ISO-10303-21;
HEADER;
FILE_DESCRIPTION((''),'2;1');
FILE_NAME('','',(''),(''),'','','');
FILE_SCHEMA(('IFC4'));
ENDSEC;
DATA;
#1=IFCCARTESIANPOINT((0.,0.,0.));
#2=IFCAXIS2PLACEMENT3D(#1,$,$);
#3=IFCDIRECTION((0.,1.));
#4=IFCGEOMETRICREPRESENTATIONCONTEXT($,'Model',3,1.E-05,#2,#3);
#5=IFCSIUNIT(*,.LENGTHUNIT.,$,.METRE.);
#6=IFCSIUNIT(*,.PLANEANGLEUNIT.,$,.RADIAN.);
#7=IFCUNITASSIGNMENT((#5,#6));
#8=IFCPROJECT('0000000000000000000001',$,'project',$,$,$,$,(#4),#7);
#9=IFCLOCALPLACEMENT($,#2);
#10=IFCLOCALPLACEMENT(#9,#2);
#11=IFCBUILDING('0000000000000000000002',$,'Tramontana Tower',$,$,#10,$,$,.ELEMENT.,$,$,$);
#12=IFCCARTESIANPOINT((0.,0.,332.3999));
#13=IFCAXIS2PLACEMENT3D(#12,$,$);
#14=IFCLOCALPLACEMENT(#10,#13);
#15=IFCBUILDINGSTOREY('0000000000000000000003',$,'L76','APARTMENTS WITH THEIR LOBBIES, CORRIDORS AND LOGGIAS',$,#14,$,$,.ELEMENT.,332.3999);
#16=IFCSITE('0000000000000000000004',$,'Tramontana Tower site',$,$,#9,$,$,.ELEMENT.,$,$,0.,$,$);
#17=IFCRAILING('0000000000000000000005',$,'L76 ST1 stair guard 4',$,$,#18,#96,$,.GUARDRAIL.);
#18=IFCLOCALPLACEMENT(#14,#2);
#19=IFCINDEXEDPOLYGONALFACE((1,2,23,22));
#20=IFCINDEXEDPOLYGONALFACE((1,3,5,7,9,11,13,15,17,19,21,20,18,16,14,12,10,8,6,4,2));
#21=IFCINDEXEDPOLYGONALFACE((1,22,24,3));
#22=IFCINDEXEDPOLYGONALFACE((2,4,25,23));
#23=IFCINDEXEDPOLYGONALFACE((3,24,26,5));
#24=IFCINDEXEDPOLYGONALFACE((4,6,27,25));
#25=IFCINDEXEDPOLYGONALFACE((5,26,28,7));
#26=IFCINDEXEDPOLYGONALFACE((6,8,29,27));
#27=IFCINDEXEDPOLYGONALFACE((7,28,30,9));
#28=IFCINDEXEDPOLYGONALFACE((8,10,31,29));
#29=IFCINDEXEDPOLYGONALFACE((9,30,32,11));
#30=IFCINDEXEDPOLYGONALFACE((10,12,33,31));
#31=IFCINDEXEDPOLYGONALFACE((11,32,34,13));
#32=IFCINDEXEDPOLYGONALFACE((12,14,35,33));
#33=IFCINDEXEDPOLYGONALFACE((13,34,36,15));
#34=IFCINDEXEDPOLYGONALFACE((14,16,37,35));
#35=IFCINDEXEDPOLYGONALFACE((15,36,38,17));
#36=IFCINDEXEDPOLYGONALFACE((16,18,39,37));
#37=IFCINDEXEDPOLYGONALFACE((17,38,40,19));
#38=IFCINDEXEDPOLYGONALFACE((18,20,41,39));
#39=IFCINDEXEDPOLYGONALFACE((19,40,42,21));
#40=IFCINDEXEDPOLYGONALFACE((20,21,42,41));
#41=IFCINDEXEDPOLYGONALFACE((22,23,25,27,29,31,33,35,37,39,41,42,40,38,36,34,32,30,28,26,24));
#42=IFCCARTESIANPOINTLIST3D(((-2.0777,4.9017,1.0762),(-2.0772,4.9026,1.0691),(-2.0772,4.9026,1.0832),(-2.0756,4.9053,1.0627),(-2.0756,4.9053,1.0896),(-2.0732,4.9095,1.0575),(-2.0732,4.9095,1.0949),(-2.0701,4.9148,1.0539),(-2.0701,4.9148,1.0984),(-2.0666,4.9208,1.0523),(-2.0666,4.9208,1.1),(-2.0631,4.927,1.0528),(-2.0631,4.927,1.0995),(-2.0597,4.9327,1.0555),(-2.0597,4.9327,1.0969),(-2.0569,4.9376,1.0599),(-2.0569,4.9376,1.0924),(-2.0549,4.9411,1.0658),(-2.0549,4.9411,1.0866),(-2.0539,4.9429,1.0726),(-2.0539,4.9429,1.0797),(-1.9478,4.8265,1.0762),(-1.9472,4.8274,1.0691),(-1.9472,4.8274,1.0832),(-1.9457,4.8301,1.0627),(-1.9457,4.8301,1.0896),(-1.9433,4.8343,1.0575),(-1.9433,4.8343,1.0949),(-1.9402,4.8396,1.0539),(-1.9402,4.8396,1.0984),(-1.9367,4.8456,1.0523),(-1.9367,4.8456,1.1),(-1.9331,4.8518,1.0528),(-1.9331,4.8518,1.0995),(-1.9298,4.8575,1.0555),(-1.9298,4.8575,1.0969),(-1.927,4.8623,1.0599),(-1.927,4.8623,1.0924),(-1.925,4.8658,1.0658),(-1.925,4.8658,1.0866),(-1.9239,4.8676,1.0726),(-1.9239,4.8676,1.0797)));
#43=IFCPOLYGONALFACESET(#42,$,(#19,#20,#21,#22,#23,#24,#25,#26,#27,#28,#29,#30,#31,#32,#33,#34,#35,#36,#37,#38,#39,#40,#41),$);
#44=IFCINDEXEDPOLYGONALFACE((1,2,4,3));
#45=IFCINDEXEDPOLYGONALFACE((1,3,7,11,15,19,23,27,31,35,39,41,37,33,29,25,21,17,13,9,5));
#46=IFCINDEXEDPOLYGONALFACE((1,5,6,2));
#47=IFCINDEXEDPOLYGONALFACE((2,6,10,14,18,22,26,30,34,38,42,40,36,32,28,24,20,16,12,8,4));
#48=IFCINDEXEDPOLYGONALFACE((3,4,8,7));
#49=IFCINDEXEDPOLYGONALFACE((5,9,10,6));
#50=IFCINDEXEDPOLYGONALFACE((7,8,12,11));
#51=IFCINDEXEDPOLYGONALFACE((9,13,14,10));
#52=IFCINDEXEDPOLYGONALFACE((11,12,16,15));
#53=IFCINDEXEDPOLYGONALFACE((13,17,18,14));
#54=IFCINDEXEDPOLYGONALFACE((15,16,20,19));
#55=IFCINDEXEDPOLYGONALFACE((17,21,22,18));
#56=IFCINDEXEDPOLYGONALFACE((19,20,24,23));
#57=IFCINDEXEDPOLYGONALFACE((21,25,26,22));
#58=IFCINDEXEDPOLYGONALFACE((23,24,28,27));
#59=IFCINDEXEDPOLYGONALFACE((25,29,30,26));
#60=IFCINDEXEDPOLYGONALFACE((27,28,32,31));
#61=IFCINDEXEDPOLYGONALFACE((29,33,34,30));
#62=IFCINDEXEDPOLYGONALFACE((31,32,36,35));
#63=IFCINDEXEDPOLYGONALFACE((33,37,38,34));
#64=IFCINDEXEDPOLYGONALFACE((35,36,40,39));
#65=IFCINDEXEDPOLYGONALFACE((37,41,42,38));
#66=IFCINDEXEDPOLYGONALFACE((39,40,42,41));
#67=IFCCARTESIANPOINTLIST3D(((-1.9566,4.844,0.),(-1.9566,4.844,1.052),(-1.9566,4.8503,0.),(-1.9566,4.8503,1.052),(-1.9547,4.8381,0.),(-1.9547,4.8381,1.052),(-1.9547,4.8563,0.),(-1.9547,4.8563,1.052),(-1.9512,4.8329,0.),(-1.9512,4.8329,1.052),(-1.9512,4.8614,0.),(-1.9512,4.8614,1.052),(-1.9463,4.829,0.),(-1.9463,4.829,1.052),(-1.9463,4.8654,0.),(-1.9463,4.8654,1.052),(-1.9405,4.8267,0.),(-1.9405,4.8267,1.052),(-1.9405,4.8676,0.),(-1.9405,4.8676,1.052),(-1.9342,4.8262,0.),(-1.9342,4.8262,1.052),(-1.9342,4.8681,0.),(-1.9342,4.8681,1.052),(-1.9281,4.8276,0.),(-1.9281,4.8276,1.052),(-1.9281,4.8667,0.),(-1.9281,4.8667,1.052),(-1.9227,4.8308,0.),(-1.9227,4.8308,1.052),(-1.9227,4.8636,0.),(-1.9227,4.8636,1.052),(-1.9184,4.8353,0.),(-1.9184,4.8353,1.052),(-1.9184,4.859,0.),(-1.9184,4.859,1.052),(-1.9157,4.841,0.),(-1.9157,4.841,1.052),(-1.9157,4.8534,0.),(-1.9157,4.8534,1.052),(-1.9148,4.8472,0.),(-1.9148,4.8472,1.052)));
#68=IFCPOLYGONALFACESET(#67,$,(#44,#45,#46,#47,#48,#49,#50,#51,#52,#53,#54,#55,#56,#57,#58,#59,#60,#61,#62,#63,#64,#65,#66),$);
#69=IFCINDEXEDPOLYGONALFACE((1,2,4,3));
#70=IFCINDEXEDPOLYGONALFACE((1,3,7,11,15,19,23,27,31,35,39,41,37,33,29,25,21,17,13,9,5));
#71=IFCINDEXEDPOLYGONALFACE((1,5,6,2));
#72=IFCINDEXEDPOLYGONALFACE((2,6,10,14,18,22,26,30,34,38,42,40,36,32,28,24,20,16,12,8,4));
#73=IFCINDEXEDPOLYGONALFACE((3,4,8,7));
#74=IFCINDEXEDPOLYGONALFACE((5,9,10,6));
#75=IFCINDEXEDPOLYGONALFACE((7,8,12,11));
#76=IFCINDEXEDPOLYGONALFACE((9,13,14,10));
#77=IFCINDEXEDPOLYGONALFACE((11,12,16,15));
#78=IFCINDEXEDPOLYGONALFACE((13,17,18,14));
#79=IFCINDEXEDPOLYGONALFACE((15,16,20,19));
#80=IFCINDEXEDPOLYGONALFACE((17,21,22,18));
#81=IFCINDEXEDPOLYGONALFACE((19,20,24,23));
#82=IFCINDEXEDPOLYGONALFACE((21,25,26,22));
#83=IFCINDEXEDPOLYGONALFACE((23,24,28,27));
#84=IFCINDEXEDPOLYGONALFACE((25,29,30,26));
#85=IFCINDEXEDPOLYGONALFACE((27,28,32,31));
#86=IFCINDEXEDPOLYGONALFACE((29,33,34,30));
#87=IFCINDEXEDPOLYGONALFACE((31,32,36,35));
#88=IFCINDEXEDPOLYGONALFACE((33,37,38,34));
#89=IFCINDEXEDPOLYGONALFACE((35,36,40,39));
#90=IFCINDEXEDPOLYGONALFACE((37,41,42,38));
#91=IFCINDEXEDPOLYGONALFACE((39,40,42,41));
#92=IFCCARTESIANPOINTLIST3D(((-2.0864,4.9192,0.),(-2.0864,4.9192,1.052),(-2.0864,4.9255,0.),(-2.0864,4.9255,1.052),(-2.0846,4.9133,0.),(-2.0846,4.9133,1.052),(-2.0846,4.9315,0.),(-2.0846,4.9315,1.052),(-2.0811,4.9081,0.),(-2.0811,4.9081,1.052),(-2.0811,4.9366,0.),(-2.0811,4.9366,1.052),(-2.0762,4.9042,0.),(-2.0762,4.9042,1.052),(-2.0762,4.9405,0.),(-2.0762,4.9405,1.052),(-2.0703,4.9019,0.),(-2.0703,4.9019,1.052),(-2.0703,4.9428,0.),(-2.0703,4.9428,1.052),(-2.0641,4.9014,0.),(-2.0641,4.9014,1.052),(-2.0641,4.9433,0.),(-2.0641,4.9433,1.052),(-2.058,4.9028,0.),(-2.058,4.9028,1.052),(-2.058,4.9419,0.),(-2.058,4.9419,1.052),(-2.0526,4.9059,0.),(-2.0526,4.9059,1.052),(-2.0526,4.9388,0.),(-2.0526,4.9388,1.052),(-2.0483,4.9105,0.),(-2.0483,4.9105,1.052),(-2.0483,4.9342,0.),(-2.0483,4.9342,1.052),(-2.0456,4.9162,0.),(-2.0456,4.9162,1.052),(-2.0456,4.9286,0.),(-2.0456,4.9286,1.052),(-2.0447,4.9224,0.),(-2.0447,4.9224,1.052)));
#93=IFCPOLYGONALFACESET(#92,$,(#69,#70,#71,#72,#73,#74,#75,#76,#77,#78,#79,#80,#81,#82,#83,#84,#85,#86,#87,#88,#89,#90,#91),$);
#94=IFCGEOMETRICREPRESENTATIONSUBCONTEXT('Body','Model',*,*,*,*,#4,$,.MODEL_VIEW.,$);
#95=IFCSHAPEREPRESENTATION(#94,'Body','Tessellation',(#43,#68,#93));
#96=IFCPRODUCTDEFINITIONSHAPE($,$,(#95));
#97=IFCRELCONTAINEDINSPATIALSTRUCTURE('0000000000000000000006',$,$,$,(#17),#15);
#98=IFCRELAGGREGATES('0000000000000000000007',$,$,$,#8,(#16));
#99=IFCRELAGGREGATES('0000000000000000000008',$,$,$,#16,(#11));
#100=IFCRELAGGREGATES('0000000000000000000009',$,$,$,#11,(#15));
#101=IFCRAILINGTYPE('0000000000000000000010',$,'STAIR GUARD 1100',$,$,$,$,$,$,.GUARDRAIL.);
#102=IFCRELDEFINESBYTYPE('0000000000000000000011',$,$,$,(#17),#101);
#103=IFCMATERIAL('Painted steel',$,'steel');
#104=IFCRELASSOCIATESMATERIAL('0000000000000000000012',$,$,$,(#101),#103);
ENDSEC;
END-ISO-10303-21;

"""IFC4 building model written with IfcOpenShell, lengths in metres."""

from ifc_helpers import new_model, si_unit, direction, frame, origin, origin_2d, place, context, subcontext, project, spatial, circle, extrude, material, type_object, element, save


model = new_model("IFC4")

# Units and contexts
model_context = context("Model", 3, precision=1e-05, world=origin(), true_north=direction((0.0, 1.0)))
body_context = subcontext(model_context, "Body", "Model", "MODEL_VIEW")
ifc_project = project(units=[si_unit("LENGTHUNIT", "METRE"), si_unit("PLANEANGLEUNIT", "RADIAN")], contexts=[model_context])

# Site, building, storey
site_placement = place(None, origin())
site = spatial("IfcSite", under=ifc_project, at=site_placement, Name="Tramontana Tower site", CompositionType="ELEMENT", RefElevation=0.0)
building_placement = place(site_placement, origin())
building = spatial("IfcBuilding", under=site, at=building_placement, Name="Tramontana Tower", CompositionType="ELEMENT")
storey_placement = place(building_placement, frame((0.0, 0.0, 332.3999)))
storey = spatial("IfcBuildingStorey", under=building, at=storey_placement, Name="L76", Description="APARTMENTS WITH THEIR LOBBIES, CORRIDORS AND LOGGIAS", CompositionType="ELEMENT", Elevation=332.3999)

# Railing
ifc_material_1 = material(Name="Painted steel", Category="steel")
railing_type_1 = type_object("IfcRailingType", Name="STAIR GUARD 1100", PredefinedType="GUARDRAIL", material=ifc_material_1)
railing_1_placement = place(storey_placement, frame((-1.9358, 4.8472, 0.0)))
element("IfcRailing", 1, at=railing_1_placement, inside=storey, type_object=railing_type_1, Name="L76 ST1 stair guard 4", PredefinedType="GUARDRAIL", context=body_context, shape_type="SweptSolid", body=[
    extrude(circle(Radius=0.0239, at=origin_2d()), frame((0.0, 0.0, 1.0762), z_axis=(-0.865426, 0.501036, 0.0), x_axis=(-0.501036, -0.865426, 0.0)), (0.0, 0.0, 1.0), 0.1501),
    extrude(circle(Radius=0.021, at=origin_2d()), origin(), (0.0, 0.0, 1.0), 1.052),
    extrude(circle(Radius=0.021, at=origin_2d()), frame((-0.1299, 0.0752, 0.0)), (0.0, 0.0, 1.0), 1.052),
])

save(model, "model.ifc")
